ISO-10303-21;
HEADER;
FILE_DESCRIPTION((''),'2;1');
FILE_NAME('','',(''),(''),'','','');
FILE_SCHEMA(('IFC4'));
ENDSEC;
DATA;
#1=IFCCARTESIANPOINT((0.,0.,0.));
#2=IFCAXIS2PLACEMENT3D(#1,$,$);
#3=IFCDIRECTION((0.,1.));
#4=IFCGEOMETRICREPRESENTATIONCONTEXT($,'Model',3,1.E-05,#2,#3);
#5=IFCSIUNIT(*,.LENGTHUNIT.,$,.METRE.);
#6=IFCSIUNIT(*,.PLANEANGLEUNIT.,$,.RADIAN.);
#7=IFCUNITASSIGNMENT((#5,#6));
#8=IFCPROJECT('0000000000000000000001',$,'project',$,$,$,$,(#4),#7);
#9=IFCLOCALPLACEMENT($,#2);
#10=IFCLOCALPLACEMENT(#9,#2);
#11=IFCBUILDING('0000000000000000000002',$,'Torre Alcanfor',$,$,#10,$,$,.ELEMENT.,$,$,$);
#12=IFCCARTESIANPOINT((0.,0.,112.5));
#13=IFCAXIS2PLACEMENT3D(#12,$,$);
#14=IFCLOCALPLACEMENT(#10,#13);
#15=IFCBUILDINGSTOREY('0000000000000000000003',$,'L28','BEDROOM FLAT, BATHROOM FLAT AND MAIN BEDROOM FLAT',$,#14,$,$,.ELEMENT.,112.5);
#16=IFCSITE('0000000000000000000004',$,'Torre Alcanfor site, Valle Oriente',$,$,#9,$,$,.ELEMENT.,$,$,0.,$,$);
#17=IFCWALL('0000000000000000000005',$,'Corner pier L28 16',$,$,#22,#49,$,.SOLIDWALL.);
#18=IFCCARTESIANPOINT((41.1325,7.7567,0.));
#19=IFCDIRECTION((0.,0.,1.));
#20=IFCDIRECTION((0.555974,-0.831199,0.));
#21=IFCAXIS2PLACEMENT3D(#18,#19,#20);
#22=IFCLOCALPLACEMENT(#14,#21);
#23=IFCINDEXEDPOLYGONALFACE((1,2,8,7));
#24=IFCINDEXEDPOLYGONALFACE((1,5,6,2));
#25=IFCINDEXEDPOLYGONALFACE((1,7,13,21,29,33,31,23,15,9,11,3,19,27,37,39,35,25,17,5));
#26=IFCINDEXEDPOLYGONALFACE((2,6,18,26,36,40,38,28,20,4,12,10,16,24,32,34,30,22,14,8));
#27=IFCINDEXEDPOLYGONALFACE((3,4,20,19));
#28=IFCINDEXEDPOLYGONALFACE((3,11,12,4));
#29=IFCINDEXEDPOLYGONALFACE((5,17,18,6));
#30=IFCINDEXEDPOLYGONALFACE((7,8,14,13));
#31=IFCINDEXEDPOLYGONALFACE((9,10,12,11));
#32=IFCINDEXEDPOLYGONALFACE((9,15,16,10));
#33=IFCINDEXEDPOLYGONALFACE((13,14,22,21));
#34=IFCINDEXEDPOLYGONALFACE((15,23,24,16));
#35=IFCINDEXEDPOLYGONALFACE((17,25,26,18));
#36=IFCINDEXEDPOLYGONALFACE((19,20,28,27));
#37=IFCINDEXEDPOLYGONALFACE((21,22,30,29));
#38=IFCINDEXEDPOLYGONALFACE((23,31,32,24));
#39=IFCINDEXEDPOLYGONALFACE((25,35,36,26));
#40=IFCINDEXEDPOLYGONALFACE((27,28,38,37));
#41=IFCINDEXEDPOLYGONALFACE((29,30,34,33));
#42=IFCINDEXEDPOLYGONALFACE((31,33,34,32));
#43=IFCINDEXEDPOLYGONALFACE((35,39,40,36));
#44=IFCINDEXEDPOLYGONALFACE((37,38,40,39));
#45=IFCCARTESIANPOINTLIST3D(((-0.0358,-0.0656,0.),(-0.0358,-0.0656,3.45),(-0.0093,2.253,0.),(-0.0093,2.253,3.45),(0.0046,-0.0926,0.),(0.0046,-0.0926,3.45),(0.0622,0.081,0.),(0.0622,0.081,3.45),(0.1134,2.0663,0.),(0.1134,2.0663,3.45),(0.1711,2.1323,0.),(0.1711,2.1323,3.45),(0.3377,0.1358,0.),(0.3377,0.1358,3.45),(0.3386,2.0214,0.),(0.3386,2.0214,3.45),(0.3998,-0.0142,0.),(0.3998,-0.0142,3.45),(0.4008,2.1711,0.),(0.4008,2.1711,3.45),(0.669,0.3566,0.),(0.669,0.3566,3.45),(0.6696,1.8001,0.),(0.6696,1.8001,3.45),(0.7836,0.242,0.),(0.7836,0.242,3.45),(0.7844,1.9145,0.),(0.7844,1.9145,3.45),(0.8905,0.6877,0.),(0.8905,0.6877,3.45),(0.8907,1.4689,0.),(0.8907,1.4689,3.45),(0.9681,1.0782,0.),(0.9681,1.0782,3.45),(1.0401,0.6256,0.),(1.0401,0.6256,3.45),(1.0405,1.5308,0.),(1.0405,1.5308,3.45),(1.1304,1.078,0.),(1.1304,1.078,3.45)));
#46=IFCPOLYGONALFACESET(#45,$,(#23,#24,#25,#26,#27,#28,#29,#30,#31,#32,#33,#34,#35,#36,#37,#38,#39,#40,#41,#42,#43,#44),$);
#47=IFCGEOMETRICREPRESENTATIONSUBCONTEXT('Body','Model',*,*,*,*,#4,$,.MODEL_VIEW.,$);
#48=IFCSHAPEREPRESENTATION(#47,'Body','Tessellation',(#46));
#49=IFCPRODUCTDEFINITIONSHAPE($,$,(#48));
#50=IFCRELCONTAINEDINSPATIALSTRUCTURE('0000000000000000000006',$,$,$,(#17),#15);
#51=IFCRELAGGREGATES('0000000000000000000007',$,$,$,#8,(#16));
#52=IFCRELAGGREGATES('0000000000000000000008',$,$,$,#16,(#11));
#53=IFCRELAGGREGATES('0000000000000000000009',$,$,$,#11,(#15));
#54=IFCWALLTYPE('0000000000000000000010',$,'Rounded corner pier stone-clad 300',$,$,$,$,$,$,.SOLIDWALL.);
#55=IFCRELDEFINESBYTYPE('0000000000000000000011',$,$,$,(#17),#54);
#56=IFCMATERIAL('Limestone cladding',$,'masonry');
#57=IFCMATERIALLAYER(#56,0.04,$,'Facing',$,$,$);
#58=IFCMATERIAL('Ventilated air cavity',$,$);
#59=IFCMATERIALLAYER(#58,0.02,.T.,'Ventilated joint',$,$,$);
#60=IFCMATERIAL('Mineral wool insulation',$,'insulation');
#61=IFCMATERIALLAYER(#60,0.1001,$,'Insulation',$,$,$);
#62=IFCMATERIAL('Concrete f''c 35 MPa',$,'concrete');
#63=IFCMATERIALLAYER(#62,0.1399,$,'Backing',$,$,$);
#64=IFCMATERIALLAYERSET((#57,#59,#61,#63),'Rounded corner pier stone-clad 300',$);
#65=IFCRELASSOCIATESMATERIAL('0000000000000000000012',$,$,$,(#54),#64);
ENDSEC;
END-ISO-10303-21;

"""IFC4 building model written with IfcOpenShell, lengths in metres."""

from ifc_helpers import new_model, si_unit, direction, frame, origin, place, context, subcontext, project, spatial, polyline, outline, extrude, material, layer, layer_set, type_object, element, save


model = new_model("IFC4")

# Units and contexts
model_context = context("Model", 3, precision=1e-05, world=origin(), true_north=direction((0.0, 1.0)))
body_context = subcontext(model_context, "Body", "Model", "MODEL_VIEW")
ifc_project = project(units=[si_unit("LENGTHUNIT", "METRE"), si_unit("PLANEANGLEUNIT", "RADIAN")], contexts=[model_context])

# Site, building, storey
site_placement = place(None, origin())
site = spatial("IfcSite", under=ifc_project, at=site_placement, Name="Torre Alcanfor site, Valle Oriente", CompositionType="ELEMENT", RefElevation=0.0)
building_placement = place(site_placement, origin())
building = spatial("IfcBuilding", under=site, at=building_placement, Name="Torre Alcanfor", CompositionType="ELEMENT")
storey_placement = place(building_placement, frame((0.0, 0.0, 112.5)))
storey = spatial("IfcBuildingStorey", under=building, at=storey_placement, Name="L28", Description="BEDROOM FLAT, BATHROOM FLAT AND MAIN BEDROOM FLAT", CompositionType="ELEMENT", Elevation=112.5)

# Wall
ifc_material_1 = material(Name="Limestone cladding", Category="masonry")
ifc_layer_1 = layer(ifc_material_1, 0.04, Name="Facing")
ifc_material_2 = material(Name="Ventilated air cavity")
ifc_layer_2 = layer(ifc_material_2, 0.02, ventilated=True, Name="Ventilated joint")
ifc_material_3 = material(Name="Mineral wool insulation", Category="insulation")
ifc_layer_3 = layer(ifc_material_3, 0.1001, Name="Insulation")
ifc_material_4 = material(Name="Concrete f'c 35 MPa", Category="concrete")
ifc_layer_4 = layer(ifc_material_4, 0.1399, Name="Backing")
ifc_layer_set_1 = layer_set([ifc_layer_1, ifc_layer_2, ifc_layer_3, ifc_layer_4], Name="Rounded corner pier stone-clad 300")
wall_type_1 = type_object("IfcWallType", Name="Rounded corner pier stone-clad 300", PredefinedType="SOLIDWALL", material=ifc_layer_set_1)
wall_1_placement = place(storey_placement, frame((41.1325, 7.7567, 0.0), z_axis=(0.0, 0.0, 1.0), x_axis=(0.555974, -0.831199, 0.0)))
element("IfcWall", 1, at=wall_1_placement, inside=storey, type_object=wall_type_1, Name="Corner pier L28 16", PredefinedType="SOLIDWALL", context=body_context, shape_type="SweptSolid", body=[
    extrude(outline(polyline([(0.1711, 2.1323), (0.1134, 2.0663), (0.3386, 2.0214), (0.6696, 1.8001), (0.8907, 1.4689), (0.9681, 1.0782), (0.8905, 0.6877), (0.669, 0.3566), (0.3377, 0.1358), (0.0622, 0.081), (-0.0358, -0.0656), (0.0046, -0.0926), (0.3998, -0.0142), (0.7836, 0.242), (1.0401, 0.6256), (1.1304, 1.078), (1.0405, 1.5308), (0.7844, 1.9145), (0.4008, 2.1711), (-0.0093, 2.253), (0.1711, 2.1323)])), origin(), (0.0, 0.0, 1.0), 3.45),
])

save(model, "model.ifc")
